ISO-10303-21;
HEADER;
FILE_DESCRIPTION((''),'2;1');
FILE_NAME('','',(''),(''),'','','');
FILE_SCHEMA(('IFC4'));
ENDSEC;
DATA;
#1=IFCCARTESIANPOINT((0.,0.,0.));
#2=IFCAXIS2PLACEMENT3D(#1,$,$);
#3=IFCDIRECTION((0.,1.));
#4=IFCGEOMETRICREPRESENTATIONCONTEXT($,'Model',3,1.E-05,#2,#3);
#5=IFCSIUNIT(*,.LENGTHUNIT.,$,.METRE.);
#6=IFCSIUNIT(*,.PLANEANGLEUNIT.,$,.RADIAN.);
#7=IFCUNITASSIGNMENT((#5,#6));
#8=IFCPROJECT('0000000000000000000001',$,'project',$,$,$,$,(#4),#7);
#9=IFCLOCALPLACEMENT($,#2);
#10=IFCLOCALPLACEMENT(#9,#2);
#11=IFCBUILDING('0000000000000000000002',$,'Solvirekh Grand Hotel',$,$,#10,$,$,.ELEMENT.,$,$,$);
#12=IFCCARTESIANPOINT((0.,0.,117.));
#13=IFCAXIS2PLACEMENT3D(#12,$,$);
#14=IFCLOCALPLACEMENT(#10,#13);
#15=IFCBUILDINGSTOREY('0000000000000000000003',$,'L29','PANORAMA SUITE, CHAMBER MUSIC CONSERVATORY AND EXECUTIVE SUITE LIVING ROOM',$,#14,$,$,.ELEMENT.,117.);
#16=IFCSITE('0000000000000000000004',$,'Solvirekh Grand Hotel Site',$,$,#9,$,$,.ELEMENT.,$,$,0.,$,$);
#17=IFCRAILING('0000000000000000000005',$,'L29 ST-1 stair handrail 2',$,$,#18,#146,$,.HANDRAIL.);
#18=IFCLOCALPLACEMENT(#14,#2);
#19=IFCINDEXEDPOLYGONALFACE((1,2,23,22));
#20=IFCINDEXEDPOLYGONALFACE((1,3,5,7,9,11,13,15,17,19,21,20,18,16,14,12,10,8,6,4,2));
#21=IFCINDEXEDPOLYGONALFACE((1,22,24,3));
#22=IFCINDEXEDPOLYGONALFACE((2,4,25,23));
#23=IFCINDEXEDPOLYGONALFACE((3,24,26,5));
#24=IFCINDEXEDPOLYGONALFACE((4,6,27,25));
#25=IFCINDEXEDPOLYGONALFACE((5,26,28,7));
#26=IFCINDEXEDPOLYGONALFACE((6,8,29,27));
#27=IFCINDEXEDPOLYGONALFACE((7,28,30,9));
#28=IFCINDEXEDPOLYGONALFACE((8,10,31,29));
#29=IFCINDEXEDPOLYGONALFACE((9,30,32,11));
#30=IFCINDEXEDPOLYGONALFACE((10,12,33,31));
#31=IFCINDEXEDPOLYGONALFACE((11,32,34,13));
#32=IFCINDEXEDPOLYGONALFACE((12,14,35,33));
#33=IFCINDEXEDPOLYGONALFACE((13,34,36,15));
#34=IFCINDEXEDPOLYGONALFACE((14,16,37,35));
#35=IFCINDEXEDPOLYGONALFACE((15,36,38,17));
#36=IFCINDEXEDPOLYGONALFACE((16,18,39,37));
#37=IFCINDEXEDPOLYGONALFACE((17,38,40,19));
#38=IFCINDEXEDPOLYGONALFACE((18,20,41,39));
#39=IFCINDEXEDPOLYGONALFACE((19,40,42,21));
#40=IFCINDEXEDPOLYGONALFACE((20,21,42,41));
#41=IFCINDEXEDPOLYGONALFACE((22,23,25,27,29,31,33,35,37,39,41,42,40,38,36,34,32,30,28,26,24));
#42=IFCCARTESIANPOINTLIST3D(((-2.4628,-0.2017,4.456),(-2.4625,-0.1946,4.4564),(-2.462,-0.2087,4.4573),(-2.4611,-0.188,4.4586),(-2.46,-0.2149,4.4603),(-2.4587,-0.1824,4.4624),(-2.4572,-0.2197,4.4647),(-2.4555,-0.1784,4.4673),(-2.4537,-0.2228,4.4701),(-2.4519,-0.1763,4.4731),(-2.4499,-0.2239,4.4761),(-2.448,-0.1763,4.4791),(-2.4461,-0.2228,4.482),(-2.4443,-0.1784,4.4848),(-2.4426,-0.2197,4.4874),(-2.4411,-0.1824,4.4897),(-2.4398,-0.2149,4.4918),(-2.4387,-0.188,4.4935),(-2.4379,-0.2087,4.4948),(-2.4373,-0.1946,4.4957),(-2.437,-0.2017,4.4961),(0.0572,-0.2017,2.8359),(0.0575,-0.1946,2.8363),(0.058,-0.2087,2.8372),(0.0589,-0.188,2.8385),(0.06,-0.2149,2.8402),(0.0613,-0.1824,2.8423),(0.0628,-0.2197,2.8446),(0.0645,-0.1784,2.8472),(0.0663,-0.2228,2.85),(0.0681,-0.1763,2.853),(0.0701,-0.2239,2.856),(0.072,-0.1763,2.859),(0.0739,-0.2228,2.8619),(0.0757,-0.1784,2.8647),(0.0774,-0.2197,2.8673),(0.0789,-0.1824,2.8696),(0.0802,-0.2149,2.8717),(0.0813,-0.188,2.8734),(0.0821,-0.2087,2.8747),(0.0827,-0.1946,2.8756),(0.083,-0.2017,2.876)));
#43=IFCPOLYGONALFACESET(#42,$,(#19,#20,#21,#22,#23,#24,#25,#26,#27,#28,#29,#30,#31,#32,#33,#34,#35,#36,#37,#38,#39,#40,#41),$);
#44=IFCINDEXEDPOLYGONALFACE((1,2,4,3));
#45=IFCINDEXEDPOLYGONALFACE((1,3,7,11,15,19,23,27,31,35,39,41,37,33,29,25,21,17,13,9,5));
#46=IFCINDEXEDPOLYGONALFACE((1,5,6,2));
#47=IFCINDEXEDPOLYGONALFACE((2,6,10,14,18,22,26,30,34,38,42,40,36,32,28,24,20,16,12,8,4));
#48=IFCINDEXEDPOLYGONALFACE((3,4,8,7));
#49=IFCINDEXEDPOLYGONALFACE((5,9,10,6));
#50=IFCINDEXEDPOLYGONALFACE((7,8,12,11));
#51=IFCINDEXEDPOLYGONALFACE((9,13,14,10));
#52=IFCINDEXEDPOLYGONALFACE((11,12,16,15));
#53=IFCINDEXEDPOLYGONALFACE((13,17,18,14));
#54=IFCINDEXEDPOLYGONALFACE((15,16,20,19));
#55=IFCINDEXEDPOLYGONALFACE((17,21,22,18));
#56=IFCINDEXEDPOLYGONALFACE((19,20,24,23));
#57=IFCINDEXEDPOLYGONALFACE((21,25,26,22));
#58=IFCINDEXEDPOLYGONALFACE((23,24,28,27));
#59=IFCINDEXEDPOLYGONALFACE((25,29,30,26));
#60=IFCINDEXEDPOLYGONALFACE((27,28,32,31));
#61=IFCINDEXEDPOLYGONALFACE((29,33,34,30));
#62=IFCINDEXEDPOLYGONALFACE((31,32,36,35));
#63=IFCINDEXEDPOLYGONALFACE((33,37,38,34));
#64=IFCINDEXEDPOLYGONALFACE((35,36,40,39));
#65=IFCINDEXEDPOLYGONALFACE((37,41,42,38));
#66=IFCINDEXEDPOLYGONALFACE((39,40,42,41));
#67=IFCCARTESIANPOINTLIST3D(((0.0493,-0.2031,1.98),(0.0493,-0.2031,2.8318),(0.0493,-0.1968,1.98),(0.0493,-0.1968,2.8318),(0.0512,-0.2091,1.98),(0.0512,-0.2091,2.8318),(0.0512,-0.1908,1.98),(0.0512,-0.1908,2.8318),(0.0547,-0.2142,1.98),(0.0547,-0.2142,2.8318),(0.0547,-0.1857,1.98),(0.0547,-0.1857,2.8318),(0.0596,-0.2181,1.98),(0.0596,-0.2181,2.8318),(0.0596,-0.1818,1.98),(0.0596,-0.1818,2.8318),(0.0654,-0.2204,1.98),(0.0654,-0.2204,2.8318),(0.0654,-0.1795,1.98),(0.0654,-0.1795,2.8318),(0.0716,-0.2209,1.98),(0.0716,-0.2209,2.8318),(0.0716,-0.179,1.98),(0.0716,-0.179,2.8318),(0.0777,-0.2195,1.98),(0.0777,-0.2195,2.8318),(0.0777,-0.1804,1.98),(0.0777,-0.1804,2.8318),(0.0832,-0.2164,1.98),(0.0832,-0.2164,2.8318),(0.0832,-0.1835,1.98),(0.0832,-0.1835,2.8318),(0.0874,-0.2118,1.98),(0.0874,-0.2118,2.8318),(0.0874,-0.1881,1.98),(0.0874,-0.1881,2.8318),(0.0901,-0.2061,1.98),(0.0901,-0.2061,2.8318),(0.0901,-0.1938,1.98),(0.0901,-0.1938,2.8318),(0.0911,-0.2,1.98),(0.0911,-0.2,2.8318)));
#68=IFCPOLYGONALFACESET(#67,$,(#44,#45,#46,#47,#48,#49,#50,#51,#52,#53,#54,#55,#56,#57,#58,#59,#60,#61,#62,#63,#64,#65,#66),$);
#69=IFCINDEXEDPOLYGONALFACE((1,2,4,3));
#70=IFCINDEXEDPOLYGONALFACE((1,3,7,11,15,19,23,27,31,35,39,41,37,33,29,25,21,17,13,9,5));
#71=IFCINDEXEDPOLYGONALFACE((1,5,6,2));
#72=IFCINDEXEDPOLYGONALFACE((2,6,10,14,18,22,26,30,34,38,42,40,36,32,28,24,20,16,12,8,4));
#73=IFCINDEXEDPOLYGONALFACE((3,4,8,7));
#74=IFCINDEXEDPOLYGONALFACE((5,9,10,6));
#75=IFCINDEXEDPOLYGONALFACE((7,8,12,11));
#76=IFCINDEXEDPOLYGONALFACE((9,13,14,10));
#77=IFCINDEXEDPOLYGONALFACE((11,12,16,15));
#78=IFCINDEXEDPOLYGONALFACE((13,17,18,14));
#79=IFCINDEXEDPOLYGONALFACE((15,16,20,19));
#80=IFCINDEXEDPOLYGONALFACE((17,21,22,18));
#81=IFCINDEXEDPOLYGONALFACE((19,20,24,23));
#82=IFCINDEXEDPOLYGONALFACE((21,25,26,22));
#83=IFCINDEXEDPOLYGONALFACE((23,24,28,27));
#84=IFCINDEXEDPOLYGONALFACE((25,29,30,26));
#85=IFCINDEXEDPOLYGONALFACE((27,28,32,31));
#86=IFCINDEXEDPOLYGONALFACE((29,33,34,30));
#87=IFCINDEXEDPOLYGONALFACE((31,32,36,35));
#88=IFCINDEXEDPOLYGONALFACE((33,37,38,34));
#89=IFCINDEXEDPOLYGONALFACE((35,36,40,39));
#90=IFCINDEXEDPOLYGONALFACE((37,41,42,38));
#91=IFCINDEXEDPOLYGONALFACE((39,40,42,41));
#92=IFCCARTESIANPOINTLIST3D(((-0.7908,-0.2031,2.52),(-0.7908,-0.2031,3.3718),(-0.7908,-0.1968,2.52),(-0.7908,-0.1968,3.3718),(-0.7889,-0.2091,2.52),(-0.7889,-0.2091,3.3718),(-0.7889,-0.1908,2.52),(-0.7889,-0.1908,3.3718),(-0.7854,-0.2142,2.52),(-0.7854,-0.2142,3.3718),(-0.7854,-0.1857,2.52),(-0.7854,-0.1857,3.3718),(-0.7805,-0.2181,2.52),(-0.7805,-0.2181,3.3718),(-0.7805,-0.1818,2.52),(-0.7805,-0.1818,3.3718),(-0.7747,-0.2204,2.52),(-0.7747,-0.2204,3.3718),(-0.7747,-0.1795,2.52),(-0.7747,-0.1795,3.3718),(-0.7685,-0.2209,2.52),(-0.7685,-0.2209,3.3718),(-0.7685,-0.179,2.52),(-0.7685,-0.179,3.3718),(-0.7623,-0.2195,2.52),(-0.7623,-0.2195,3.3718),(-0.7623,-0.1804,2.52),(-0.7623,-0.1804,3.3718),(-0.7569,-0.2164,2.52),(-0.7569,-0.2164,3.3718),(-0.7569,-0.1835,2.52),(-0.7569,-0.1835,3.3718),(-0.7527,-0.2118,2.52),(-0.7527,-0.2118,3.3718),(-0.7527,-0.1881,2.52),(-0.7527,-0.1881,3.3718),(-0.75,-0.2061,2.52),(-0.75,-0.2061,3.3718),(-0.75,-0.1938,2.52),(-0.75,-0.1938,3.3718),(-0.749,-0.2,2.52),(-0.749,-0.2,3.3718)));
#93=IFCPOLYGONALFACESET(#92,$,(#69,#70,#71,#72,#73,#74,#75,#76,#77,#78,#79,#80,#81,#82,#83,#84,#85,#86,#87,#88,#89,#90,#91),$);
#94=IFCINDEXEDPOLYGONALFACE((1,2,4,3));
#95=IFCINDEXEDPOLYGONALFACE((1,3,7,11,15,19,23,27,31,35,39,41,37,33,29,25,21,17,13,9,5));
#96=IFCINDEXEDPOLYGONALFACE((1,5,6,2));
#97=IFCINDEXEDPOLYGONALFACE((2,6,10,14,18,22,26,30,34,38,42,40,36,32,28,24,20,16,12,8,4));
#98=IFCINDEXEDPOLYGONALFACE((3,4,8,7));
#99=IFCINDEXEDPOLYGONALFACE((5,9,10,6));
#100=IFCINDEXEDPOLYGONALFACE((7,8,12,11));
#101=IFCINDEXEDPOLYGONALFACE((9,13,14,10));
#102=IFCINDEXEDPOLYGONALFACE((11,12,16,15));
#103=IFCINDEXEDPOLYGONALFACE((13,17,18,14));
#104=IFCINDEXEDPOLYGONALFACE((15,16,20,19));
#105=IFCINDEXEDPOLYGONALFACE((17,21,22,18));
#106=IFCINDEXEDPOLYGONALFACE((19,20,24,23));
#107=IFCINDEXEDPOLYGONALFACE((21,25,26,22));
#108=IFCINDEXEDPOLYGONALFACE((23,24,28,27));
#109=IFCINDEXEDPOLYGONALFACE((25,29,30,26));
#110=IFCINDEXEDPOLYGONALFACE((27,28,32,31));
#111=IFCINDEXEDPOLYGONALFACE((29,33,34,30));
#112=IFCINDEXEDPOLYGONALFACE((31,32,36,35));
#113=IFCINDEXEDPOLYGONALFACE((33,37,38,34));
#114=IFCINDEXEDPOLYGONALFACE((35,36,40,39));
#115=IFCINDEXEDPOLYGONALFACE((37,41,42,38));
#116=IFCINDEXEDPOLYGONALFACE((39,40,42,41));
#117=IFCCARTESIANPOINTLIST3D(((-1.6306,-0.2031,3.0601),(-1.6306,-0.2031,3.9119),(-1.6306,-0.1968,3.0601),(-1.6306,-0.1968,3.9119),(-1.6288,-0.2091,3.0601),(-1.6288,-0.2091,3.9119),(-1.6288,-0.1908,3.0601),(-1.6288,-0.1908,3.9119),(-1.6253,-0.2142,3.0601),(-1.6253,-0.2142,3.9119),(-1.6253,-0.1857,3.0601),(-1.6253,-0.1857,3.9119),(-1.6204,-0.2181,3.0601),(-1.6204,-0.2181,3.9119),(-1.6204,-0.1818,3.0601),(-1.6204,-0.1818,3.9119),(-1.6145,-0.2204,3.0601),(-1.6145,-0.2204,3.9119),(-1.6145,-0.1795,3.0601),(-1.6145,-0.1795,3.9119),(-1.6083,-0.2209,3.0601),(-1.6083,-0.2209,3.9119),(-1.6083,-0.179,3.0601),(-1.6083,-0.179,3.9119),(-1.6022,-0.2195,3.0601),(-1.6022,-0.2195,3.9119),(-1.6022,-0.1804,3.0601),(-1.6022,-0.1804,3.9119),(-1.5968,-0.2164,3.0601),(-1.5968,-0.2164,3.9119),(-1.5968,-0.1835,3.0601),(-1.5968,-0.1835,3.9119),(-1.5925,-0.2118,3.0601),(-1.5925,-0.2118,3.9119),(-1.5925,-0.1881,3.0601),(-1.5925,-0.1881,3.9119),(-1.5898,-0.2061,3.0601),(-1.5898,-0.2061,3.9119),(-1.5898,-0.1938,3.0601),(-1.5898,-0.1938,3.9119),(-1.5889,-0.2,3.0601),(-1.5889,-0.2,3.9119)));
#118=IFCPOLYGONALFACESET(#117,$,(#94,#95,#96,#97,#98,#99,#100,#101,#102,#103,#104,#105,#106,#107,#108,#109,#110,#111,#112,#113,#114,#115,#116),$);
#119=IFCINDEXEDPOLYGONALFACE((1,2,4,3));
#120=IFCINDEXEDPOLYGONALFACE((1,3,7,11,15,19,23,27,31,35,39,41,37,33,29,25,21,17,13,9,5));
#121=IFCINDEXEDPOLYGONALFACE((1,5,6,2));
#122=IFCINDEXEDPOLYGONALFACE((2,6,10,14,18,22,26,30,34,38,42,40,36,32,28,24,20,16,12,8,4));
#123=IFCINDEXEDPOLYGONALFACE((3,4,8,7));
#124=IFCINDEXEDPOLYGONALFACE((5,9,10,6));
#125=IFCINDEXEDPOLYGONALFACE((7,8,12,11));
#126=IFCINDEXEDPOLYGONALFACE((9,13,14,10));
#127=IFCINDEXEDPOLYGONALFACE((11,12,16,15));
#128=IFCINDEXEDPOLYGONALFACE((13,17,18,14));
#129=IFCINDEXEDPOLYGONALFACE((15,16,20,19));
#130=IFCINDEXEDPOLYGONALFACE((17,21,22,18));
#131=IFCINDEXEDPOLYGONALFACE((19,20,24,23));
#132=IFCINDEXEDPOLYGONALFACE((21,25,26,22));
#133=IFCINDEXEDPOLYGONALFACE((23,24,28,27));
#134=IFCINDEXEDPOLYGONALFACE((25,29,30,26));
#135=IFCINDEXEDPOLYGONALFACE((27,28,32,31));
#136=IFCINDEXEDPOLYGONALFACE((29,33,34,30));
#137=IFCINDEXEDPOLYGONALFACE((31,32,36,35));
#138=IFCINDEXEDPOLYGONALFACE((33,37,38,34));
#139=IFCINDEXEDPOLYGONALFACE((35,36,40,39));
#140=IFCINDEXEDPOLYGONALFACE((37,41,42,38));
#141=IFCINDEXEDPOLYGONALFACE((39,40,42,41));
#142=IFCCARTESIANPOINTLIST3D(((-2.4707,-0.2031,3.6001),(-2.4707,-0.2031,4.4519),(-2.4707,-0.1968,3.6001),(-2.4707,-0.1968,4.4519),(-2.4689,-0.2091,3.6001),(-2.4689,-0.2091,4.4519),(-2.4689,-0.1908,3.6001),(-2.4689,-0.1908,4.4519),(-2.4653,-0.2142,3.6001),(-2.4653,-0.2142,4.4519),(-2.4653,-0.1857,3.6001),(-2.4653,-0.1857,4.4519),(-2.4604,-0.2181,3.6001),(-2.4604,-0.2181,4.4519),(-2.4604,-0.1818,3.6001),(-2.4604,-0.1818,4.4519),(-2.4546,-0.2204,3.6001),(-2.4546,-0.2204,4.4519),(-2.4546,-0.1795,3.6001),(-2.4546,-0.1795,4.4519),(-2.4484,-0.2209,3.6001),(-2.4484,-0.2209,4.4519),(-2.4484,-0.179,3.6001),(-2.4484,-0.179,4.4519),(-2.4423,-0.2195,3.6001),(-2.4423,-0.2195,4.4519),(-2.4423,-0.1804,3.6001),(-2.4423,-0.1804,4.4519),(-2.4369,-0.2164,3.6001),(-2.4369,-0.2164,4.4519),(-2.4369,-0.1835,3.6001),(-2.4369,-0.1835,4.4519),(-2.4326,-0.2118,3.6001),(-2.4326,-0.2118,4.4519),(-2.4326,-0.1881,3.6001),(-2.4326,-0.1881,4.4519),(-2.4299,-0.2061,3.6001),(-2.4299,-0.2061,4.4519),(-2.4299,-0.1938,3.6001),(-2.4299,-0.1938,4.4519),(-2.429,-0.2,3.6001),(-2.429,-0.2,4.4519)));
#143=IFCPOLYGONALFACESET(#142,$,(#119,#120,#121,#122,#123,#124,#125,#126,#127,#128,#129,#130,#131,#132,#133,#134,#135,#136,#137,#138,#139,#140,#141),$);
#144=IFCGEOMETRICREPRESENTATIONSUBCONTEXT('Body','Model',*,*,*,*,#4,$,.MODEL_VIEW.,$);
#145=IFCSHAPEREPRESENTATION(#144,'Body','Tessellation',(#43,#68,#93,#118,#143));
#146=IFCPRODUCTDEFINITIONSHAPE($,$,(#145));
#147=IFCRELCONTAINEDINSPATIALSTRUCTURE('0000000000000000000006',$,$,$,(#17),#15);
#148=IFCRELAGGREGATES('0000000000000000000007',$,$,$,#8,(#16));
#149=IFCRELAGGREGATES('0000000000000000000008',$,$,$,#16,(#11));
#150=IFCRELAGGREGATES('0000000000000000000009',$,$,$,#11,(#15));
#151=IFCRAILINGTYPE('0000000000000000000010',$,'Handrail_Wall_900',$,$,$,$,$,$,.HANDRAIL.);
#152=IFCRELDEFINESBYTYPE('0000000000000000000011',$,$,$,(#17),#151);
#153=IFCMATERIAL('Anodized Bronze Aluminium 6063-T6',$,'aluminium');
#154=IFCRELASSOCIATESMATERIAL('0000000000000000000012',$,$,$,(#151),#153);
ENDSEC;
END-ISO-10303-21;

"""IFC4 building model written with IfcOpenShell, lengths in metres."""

from ifc_helpers import new_model, si_unit, direction, frame, origin, origin_2d, place, context, subcontext, project, spatial, circle, extrude, material, type_object, element, save


model = new_model("IFC4")

# Units and contexts
model_context = context("Model", 3, precision=1e-05, world=origin(), true_north=direction((0.0, 1.0)))
body_context = subcontext(model_context, "Body", "Model", "MODEL_VIEW")
ifc_project = project(units=[si_unit("LENGTHUNIT", "METRE"), si_unit("PLANEANGLEUNIT", "RADIAN")], contexts=[model_context])

# Site, building, storey
site_placement = place(None, origin())
site = spatial("IfcSite", under=ifc_project, at=site_placement, Name="Solvirekh Grand Hotel Site", CompositionType="ELEMENT", RefElevation=0.0)
building_placement = place(site_placement, origin())
building = spatial("IfcBuilding", under=site, at=building_placement, Name="Solvirekh Grand Hotel", CompositionType="ELEMENT")
storey_placement = place(building_placement, frame((0.0, 0.0, 117.0)))
storey = spatial("IfcBuildingStorey", under=building, at=storey_placement, Name="L29", Description="PANORAMA SUITE, CHAMBER MUSIC CONSERVATORY AND EXECUTIVE SUITE LIVING ROOM", CompositionType="ELEMENT", Elevation=117.0)

# Railing
ifc_material_1 = material(Name="Anodized Bronze Aluminium 6063-T6", Category="aluminium")
railing_type_1 = type_object("IfcRailingType", Name="Handrail_Wall_900", PredefinedType="HANDRAIL", material=ifc_material_1)
for number, where, name in (
    (1, (0.0701, -0.2, 1.98), "L29 ST-1 stair handrail 2"),
):
    element("IfcRailing", number, at=place(storey_placement, frame(where)), inside=storey, type_object=railing_type_1, Name=name, PredefinedType="HANDRAIL", context=body_context, shape_type="SweptSolid", body=[
        extrude(circle(Radius=0.0239, at=origin_2d()), frame((0.0, 0.0, 0.876), z_axis=(-0.841163, 0.0, 0.540782), x_axis=(0.0, -1.0, 0.0)), (0.0, 0.0, 1.0), 2.9958),
        extrude(circle(Radius=0.021, at=origin_2d()), origin(), (0.0, 0.0, 1.0), 0.8518),
        extrude(circle(Radius=0.021, at=origin_2d()), frame((-0.8401, 0.0, 0.54)), (0.0, 0.0, 1.0), 0.8518),
        extrude(circle(Radius=0.021, at=origin_2d()), frame((-1.6799, 0.0, 1.0801)), (0.0, 0.0, 1.0), 0.8518),
        extrude(circle(Radius=0.021, at=origin_2d()), frame((-2.52, 0.0, 1.6201)), (0.0, 0.0, 1.0), 0.8518),
    ])

save(model, "model.ifc")
